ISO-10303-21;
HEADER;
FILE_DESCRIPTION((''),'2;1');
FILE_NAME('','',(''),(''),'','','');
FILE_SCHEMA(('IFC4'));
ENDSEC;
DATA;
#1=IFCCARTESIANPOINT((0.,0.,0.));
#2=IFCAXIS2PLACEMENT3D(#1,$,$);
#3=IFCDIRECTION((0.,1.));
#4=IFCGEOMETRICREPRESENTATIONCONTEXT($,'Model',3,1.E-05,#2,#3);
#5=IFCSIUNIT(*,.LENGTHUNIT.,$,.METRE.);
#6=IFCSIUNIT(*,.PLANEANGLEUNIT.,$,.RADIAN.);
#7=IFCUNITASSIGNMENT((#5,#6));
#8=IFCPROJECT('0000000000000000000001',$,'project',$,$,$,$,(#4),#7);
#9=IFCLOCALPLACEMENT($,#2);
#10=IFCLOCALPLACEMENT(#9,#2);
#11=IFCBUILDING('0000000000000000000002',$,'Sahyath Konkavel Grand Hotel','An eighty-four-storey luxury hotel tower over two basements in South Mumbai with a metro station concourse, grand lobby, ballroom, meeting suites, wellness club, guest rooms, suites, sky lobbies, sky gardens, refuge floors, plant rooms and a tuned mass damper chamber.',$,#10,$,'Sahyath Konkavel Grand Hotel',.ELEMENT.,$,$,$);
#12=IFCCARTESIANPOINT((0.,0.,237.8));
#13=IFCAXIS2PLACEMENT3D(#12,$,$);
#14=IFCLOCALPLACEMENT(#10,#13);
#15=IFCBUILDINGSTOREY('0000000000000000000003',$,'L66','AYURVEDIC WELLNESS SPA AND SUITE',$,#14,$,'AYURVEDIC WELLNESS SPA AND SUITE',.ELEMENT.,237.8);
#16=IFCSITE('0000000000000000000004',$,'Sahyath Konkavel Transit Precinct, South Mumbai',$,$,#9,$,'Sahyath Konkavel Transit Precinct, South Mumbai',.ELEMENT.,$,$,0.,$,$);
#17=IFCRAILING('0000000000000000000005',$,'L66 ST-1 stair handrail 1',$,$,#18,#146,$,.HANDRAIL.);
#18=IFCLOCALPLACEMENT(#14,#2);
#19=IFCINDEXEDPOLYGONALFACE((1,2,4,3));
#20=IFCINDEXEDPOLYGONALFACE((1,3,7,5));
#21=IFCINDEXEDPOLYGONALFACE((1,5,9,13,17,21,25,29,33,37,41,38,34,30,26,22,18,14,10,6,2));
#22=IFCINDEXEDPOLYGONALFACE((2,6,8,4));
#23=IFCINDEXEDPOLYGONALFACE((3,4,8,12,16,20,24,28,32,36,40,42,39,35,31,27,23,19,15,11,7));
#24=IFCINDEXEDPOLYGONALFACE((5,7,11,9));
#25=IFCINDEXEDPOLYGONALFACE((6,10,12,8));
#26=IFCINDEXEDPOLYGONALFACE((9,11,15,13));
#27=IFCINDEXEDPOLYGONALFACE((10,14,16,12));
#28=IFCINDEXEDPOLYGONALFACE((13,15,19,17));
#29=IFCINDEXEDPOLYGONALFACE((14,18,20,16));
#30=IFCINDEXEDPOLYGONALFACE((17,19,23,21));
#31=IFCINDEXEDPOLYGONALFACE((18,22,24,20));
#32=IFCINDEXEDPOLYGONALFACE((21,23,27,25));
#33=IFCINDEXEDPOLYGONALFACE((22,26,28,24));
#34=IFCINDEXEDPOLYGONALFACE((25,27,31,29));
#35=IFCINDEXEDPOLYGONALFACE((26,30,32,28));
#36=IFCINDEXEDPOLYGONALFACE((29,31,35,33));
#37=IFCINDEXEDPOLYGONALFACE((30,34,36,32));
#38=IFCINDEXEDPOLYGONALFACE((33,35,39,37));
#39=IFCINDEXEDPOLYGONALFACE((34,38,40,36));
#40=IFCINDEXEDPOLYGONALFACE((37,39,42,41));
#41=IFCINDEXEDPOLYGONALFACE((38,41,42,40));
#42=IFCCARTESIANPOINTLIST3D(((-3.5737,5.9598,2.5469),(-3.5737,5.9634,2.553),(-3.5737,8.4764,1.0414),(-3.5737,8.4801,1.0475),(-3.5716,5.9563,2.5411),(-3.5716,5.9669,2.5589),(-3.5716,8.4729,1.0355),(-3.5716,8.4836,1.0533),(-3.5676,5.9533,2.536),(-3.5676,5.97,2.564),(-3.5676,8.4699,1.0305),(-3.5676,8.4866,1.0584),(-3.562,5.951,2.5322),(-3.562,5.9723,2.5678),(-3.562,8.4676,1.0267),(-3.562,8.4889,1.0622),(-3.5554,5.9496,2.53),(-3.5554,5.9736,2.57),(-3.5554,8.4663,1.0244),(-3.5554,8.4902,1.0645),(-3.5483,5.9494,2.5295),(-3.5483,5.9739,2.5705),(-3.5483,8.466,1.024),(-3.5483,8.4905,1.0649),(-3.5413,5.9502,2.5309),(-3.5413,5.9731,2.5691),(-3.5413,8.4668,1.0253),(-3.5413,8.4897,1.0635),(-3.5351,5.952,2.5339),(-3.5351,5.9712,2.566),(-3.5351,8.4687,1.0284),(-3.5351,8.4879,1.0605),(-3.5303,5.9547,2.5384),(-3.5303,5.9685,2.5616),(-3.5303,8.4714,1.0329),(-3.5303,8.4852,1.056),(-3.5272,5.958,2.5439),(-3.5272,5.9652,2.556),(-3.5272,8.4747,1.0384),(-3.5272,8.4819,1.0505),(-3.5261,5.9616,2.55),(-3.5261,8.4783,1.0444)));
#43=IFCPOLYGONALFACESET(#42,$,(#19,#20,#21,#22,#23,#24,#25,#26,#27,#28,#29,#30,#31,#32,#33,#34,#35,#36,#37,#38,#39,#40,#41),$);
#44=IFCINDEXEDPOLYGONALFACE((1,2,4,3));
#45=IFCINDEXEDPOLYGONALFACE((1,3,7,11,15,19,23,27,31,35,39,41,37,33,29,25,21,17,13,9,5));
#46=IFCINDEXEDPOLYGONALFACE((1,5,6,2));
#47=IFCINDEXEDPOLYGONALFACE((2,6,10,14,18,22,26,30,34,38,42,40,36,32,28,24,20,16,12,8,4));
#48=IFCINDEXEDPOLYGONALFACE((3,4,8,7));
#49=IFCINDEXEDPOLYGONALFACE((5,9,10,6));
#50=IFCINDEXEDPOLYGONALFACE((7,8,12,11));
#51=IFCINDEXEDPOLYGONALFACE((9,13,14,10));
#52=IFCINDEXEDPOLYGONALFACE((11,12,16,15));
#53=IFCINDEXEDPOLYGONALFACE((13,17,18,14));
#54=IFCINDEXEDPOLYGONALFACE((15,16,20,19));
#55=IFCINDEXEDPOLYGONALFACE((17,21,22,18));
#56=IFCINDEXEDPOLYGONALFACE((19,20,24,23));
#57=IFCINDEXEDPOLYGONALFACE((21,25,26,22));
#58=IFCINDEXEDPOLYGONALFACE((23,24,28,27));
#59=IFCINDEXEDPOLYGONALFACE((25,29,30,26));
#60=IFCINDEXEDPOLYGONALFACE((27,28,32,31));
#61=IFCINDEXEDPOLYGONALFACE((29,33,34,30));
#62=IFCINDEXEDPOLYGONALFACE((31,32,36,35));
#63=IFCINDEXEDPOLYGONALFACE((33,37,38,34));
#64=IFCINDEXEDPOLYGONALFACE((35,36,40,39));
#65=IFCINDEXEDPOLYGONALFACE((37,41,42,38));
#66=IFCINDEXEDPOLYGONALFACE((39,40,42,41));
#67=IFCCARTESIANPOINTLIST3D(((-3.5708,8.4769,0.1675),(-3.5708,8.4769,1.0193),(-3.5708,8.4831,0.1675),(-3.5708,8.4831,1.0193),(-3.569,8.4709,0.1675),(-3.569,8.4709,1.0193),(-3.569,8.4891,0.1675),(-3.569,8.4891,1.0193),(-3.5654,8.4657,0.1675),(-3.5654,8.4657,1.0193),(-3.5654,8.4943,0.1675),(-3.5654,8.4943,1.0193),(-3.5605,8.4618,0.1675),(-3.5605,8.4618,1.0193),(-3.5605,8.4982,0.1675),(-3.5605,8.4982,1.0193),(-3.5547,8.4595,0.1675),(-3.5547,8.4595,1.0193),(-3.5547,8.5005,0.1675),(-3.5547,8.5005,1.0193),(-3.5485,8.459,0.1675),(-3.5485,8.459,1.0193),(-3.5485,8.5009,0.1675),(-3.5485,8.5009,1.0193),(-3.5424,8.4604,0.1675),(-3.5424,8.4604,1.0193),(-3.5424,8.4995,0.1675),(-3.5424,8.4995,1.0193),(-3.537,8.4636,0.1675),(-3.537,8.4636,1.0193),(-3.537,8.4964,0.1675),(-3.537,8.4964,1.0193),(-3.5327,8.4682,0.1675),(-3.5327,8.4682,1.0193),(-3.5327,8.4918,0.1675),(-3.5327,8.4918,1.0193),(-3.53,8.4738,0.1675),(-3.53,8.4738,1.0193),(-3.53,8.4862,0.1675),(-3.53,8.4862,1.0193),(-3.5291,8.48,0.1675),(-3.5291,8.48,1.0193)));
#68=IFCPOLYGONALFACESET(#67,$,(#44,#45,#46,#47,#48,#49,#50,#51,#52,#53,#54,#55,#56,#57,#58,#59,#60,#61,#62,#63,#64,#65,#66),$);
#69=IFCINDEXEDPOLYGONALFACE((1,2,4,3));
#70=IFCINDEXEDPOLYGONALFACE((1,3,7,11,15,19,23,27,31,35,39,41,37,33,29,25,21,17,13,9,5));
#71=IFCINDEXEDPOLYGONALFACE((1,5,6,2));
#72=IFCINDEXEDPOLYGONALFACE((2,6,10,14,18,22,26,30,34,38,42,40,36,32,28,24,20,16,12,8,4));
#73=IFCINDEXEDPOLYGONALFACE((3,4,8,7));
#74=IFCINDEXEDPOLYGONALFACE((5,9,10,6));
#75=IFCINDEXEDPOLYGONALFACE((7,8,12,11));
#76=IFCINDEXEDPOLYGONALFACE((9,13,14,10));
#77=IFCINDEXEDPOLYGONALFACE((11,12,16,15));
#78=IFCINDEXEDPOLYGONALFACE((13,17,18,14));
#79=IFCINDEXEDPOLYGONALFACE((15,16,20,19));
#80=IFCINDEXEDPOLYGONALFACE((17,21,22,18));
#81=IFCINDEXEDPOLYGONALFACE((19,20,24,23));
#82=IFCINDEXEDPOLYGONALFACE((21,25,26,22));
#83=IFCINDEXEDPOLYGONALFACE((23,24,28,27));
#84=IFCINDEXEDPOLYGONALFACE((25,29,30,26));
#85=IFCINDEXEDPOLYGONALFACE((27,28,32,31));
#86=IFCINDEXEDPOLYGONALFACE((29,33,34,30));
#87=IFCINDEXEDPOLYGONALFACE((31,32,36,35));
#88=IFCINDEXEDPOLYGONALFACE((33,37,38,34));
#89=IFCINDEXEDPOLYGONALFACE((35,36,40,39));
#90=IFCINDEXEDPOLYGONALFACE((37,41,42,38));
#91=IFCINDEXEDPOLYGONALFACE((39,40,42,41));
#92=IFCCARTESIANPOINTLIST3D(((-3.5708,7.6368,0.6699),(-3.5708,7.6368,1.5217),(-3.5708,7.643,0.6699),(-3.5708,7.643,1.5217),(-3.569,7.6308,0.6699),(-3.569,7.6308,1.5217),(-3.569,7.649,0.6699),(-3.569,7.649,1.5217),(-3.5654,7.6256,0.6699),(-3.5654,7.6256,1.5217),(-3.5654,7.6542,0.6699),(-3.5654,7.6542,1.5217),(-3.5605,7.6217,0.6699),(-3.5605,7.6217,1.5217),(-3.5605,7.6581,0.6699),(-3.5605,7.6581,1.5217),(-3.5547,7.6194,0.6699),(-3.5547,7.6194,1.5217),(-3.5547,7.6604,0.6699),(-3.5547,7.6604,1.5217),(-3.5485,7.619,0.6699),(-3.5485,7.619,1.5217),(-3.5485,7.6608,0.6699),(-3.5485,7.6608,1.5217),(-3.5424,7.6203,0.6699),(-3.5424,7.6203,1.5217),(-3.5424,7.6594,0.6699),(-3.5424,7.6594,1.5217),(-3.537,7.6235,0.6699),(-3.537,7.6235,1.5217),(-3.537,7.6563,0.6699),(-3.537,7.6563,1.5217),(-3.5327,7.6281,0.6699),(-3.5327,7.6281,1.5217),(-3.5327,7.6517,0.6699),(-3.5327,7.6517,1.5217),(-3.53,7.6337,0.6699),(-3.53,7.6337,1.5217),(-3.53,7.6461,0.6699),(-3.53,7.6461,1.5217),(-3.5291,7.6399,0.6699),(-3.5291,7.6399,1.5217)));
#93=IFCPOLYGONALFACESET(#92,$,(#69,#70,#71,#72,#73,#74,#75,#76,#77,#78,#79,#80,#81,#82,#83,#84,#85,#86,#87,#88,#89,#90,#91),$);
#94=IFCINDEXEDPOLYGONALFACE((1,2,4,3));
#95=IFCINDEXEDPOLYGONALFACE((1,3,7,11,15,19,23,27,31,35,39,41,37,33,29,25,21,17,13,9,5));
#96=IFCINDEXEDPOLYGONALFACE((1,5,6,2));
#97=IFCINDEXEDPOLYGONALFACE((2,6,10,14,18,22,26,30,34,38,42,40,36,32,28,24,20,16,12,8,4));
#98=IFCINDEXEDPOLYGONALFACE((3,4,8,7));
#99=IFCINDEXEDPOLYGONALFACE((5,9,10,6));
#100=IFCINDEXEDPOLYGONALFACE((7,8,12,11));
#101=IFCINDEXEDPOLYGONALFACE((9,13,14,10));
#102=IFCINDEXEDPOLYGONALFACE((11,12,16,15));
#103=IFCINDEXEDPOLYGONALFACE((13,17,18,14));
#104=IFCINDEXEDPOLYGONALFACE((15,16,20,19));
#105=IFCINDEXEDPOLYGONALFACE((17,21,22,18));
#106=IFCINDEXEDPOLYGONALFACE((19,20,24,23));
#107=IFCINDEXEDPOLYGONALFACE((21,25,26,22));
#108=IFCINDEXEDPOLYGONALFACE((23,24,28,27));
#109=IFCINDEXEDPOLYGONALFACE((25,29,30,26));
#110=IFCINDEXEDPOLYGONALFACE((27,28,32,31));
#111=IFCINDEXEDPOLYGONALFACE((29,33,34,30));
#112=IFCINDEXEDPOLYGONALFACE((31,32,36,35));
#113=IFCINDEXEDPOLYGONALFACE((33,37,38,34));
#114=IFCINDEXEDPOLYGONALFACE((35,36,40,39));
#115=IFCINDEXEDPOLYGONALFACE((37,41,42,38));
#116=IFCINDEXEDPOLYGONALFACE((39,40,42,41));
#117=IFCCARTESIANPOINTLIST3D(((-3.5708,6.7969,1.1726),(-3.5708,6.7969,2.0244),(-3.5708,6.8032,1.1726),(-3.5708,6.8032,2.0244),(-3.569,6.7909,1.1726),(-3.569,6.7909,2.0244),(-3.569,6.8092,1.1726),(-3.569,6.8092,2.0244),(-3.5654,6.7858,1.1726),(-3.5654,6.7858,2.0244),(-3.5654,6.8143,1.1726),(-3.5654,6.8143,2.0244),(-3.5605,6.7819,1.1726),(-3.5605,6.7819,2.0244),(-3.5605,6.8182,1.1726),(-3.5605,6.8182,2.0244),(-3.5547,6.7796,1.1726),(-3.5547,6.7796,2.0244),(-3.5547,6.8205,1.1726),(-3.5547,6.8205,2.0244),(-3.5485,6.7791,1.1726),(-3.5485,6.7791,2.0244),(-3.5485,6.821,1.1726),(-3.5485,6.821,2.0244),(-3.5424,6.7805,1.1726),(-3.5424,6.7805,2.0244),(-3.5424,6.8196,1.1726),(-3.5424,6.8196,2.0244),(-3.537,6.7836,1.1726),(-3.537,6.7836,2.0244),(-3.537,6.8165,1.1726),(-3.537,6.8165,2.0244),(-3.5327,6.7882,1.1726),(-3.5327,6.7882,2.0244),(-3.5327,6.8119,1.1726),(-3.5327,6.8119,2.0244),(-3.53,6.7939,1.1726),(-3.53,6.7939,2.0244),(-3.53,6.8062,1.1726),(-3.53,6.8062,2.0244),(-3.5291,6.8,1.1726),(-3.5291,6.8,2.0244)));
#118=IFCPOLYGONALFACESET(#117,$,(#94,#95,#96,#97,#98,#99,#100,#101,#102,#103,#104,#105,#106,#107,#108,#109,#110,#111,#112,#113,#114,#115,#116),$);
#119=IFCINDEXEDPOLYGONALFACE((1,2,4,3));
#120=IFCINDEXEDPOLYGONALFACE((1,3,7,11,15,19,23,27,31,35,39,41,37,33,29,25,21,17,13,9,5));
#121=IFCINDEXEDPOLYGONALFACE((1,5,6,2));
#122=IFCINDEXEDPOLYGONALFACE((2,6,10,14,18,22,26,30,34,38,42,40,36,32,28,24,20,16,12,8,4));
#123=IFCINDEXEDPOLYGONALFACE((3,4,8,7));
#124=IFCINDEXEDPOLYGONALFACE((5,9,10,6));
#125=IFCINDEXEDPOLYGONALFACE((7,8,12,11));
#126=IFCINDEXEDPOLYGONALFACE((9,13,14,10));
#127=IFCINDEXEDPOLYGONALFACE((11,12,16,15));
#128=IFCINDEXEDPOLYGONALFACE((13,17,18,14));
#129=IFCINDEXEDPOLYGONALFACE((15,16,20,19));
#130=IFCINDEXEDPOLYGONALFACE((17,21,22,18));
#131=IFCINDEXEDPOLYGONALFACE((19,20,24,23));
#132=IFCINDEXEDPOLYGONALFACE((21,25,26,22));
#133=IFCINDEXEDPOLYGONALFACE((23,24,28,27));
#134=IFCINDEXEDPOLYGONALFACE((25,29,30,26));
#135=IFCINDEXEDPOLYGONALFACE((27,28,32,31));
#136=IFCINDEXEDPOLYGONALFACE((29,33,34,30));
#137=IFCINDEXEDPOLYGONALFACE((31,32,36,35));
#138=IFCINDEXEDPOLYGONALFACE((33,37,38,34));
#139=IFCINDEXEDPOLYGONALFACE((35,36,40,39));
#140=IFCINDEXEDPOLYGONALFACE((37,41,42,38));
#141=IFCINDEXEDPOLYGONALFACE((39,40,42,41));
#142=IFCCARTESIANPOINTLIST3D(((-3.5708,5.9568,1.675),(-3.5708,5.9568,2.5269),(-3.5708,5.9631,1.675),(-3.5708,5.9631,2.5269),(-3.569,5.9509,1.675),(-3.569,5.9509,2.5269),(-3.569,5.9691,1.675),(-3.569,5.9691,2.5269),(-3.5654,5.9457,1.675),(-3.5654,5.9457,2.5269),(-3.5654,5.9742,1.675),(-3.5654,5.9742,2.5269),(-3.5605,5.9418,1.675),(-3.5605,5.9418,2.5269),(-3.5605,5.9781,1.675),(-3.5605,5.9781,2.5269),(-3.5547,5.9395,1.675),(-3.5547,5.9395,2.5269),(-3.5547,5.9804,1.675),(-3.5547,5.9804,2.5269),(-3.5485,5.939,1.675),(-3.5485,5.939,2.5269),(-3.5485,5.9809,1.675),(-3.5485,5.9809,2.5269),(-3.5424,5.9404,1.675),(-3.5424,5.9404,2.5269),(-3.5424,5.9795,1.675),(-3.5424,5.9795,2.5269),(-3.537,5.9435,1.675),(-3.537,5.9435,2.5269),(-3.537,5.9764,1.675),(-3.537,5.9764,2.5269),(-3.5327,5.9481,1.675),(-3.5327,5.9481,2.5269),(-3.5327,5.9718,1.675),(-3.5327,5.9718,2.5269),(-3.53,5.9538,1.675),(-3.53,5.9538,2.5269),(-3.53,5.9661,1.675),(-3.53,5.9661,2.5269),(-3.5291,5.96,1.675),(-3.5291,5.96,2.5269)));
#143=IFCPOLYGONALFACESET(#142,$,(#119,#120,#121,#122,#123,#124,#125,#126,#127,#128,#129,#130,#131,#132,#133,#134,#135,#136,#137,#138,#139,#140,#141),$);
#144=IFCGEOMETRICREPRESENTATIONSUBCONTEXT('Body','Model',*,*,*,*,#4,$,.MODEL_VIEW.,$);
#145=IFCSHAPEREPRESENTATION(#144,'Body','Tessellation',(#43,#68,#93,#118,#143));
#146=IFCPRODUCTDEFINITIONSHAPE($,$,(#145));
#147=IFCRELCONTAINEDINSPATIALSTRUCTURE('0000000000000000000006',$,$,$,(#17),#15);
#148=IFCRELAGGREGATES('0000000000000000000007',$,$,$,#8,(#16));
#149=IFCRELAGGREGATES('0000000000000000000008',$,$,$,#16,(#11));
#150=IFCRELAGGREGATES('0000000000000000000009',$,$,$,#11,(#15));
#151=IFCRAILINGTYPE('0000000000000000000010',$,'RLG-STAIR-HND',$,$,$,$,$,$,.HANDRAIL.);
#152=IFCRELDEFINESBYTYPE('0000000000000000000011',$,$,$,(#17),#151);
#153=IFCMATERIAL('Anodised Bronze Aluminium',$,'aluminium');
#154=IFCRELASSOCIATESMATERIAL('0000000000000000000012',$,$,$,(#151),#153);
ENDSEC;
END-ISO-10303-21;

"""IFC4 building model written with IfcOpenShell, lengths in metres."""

from ifc_helpers import new_model, si_unit, direction, frame, origin, origin_2d, place, context, subcontext, project, spatial, circle, extrude, material, type_object, element, save


model = new_model("IFC4")

# Units and contexts
model_context = context("Model", 3, precision=1e-05, world=origin(), true_north=direction((0.0, 1.0)))
body_context = subcontext(model_context, "Body", "Model", "MODEL_VIEW")
ifc_project = project(units=[si_unit("LENGTHUNIT", "METRE"), si_unit("PLANEANGLEUNIT", "RADIAN")], contexts=[model_context])

# Site, building, storey
site_placement = place(None, origin())
site = spatial("IfcSite", under=ifc_project, at=site_placement, Name="Sahyath Konkavel Transit Precinct, South Mumbai", LongName="Sahyath Konkavel Transit Precinct, South Mumbai", CompositionType="ELEMENT", RefElevation=0.0)
building_placement = place(site_placement, origin())
building = spatial("IfcBuilding", under=site, at=building_placement, Name="Sahyath Konkavel Grand Hotel", Description="An eighty-four-storey luxury hotel tower over two basements in South Mumbai with a metro station concourse, grand lobby, ballroom, meeting suites, wellness club, guest rooms, suites, sky lobbies, sky gardens, refuge floors, plant rooms and a tuned mass damper chamber.", LongName="Sahyath Konkavel Grand Hotel", CompositionType="ELEMENT")
storey_placement = place(building_placement, frame((0.0, 0.0, 237.8)))
storey = spatial("IfcBuildingStorey", under=building, at=storey_placement, Name="L66", Description="AYURVEDIC WELLNESS SPA AND SUITE", LongName="AYURVEDIC WELLNESS SPA AND SUITE", CompositionType="ELEMENT", Elevation=237.8)

# Shared definitions
ifc_material_1 = material(Name="Anodised Bronze Aluminium", Category="aluminium")

# Railing
railing_type_1 = type_object("IfcRailingType", Name="RLG-STAIR-HND", PredefinedType="HANDRAIL", material=ifc_material_1)
railing_1_placement = place(storey_placement, frame((-3.55, 8.48, 0.1675)))
element("IfcRailing", 1, at=railing_1_placement, inside=storey, type_object=railing_type_1, Name="L66 ST-1 stair handrail 1", PredefinedType="HANDRAIL", context=body_context, shape_type="SweptSolid", body=[
    extrude(circle(Radius=0.0239, at=origin_2d()), frame((0.0, -0.0017, 0.877), z_axis=(0.0, -0.85816, 0.513383), x_axis=(1.0, 0.0, 0.0)), (0.0, 0.0, 1.0), 2.9326),
    extrude(circle(Radius=0.021, at=origin_2d()), origin(), (0.0, 0.0, 1.0), 0.8518),
    extrude(circle(Radius=0.021, at=origin_2d()), frame((0.0, -0.8401, 0.5024)), (0.0, 0.0, 1.0), 0.8518),
    extrude(circle(Radius=0.021, at=origin_2d()), frame((0.0, -1.6799, 1.0051)), (0.0, 0.0, 1.0), 0.8518),
    extrude(circle(Radius=0.021, at=origin_2d()), frame((0.0, -2.52, 1.5076)), (0.0, 0.0, 1.0), 0.8518),
])

save(model, "model.ifc")
